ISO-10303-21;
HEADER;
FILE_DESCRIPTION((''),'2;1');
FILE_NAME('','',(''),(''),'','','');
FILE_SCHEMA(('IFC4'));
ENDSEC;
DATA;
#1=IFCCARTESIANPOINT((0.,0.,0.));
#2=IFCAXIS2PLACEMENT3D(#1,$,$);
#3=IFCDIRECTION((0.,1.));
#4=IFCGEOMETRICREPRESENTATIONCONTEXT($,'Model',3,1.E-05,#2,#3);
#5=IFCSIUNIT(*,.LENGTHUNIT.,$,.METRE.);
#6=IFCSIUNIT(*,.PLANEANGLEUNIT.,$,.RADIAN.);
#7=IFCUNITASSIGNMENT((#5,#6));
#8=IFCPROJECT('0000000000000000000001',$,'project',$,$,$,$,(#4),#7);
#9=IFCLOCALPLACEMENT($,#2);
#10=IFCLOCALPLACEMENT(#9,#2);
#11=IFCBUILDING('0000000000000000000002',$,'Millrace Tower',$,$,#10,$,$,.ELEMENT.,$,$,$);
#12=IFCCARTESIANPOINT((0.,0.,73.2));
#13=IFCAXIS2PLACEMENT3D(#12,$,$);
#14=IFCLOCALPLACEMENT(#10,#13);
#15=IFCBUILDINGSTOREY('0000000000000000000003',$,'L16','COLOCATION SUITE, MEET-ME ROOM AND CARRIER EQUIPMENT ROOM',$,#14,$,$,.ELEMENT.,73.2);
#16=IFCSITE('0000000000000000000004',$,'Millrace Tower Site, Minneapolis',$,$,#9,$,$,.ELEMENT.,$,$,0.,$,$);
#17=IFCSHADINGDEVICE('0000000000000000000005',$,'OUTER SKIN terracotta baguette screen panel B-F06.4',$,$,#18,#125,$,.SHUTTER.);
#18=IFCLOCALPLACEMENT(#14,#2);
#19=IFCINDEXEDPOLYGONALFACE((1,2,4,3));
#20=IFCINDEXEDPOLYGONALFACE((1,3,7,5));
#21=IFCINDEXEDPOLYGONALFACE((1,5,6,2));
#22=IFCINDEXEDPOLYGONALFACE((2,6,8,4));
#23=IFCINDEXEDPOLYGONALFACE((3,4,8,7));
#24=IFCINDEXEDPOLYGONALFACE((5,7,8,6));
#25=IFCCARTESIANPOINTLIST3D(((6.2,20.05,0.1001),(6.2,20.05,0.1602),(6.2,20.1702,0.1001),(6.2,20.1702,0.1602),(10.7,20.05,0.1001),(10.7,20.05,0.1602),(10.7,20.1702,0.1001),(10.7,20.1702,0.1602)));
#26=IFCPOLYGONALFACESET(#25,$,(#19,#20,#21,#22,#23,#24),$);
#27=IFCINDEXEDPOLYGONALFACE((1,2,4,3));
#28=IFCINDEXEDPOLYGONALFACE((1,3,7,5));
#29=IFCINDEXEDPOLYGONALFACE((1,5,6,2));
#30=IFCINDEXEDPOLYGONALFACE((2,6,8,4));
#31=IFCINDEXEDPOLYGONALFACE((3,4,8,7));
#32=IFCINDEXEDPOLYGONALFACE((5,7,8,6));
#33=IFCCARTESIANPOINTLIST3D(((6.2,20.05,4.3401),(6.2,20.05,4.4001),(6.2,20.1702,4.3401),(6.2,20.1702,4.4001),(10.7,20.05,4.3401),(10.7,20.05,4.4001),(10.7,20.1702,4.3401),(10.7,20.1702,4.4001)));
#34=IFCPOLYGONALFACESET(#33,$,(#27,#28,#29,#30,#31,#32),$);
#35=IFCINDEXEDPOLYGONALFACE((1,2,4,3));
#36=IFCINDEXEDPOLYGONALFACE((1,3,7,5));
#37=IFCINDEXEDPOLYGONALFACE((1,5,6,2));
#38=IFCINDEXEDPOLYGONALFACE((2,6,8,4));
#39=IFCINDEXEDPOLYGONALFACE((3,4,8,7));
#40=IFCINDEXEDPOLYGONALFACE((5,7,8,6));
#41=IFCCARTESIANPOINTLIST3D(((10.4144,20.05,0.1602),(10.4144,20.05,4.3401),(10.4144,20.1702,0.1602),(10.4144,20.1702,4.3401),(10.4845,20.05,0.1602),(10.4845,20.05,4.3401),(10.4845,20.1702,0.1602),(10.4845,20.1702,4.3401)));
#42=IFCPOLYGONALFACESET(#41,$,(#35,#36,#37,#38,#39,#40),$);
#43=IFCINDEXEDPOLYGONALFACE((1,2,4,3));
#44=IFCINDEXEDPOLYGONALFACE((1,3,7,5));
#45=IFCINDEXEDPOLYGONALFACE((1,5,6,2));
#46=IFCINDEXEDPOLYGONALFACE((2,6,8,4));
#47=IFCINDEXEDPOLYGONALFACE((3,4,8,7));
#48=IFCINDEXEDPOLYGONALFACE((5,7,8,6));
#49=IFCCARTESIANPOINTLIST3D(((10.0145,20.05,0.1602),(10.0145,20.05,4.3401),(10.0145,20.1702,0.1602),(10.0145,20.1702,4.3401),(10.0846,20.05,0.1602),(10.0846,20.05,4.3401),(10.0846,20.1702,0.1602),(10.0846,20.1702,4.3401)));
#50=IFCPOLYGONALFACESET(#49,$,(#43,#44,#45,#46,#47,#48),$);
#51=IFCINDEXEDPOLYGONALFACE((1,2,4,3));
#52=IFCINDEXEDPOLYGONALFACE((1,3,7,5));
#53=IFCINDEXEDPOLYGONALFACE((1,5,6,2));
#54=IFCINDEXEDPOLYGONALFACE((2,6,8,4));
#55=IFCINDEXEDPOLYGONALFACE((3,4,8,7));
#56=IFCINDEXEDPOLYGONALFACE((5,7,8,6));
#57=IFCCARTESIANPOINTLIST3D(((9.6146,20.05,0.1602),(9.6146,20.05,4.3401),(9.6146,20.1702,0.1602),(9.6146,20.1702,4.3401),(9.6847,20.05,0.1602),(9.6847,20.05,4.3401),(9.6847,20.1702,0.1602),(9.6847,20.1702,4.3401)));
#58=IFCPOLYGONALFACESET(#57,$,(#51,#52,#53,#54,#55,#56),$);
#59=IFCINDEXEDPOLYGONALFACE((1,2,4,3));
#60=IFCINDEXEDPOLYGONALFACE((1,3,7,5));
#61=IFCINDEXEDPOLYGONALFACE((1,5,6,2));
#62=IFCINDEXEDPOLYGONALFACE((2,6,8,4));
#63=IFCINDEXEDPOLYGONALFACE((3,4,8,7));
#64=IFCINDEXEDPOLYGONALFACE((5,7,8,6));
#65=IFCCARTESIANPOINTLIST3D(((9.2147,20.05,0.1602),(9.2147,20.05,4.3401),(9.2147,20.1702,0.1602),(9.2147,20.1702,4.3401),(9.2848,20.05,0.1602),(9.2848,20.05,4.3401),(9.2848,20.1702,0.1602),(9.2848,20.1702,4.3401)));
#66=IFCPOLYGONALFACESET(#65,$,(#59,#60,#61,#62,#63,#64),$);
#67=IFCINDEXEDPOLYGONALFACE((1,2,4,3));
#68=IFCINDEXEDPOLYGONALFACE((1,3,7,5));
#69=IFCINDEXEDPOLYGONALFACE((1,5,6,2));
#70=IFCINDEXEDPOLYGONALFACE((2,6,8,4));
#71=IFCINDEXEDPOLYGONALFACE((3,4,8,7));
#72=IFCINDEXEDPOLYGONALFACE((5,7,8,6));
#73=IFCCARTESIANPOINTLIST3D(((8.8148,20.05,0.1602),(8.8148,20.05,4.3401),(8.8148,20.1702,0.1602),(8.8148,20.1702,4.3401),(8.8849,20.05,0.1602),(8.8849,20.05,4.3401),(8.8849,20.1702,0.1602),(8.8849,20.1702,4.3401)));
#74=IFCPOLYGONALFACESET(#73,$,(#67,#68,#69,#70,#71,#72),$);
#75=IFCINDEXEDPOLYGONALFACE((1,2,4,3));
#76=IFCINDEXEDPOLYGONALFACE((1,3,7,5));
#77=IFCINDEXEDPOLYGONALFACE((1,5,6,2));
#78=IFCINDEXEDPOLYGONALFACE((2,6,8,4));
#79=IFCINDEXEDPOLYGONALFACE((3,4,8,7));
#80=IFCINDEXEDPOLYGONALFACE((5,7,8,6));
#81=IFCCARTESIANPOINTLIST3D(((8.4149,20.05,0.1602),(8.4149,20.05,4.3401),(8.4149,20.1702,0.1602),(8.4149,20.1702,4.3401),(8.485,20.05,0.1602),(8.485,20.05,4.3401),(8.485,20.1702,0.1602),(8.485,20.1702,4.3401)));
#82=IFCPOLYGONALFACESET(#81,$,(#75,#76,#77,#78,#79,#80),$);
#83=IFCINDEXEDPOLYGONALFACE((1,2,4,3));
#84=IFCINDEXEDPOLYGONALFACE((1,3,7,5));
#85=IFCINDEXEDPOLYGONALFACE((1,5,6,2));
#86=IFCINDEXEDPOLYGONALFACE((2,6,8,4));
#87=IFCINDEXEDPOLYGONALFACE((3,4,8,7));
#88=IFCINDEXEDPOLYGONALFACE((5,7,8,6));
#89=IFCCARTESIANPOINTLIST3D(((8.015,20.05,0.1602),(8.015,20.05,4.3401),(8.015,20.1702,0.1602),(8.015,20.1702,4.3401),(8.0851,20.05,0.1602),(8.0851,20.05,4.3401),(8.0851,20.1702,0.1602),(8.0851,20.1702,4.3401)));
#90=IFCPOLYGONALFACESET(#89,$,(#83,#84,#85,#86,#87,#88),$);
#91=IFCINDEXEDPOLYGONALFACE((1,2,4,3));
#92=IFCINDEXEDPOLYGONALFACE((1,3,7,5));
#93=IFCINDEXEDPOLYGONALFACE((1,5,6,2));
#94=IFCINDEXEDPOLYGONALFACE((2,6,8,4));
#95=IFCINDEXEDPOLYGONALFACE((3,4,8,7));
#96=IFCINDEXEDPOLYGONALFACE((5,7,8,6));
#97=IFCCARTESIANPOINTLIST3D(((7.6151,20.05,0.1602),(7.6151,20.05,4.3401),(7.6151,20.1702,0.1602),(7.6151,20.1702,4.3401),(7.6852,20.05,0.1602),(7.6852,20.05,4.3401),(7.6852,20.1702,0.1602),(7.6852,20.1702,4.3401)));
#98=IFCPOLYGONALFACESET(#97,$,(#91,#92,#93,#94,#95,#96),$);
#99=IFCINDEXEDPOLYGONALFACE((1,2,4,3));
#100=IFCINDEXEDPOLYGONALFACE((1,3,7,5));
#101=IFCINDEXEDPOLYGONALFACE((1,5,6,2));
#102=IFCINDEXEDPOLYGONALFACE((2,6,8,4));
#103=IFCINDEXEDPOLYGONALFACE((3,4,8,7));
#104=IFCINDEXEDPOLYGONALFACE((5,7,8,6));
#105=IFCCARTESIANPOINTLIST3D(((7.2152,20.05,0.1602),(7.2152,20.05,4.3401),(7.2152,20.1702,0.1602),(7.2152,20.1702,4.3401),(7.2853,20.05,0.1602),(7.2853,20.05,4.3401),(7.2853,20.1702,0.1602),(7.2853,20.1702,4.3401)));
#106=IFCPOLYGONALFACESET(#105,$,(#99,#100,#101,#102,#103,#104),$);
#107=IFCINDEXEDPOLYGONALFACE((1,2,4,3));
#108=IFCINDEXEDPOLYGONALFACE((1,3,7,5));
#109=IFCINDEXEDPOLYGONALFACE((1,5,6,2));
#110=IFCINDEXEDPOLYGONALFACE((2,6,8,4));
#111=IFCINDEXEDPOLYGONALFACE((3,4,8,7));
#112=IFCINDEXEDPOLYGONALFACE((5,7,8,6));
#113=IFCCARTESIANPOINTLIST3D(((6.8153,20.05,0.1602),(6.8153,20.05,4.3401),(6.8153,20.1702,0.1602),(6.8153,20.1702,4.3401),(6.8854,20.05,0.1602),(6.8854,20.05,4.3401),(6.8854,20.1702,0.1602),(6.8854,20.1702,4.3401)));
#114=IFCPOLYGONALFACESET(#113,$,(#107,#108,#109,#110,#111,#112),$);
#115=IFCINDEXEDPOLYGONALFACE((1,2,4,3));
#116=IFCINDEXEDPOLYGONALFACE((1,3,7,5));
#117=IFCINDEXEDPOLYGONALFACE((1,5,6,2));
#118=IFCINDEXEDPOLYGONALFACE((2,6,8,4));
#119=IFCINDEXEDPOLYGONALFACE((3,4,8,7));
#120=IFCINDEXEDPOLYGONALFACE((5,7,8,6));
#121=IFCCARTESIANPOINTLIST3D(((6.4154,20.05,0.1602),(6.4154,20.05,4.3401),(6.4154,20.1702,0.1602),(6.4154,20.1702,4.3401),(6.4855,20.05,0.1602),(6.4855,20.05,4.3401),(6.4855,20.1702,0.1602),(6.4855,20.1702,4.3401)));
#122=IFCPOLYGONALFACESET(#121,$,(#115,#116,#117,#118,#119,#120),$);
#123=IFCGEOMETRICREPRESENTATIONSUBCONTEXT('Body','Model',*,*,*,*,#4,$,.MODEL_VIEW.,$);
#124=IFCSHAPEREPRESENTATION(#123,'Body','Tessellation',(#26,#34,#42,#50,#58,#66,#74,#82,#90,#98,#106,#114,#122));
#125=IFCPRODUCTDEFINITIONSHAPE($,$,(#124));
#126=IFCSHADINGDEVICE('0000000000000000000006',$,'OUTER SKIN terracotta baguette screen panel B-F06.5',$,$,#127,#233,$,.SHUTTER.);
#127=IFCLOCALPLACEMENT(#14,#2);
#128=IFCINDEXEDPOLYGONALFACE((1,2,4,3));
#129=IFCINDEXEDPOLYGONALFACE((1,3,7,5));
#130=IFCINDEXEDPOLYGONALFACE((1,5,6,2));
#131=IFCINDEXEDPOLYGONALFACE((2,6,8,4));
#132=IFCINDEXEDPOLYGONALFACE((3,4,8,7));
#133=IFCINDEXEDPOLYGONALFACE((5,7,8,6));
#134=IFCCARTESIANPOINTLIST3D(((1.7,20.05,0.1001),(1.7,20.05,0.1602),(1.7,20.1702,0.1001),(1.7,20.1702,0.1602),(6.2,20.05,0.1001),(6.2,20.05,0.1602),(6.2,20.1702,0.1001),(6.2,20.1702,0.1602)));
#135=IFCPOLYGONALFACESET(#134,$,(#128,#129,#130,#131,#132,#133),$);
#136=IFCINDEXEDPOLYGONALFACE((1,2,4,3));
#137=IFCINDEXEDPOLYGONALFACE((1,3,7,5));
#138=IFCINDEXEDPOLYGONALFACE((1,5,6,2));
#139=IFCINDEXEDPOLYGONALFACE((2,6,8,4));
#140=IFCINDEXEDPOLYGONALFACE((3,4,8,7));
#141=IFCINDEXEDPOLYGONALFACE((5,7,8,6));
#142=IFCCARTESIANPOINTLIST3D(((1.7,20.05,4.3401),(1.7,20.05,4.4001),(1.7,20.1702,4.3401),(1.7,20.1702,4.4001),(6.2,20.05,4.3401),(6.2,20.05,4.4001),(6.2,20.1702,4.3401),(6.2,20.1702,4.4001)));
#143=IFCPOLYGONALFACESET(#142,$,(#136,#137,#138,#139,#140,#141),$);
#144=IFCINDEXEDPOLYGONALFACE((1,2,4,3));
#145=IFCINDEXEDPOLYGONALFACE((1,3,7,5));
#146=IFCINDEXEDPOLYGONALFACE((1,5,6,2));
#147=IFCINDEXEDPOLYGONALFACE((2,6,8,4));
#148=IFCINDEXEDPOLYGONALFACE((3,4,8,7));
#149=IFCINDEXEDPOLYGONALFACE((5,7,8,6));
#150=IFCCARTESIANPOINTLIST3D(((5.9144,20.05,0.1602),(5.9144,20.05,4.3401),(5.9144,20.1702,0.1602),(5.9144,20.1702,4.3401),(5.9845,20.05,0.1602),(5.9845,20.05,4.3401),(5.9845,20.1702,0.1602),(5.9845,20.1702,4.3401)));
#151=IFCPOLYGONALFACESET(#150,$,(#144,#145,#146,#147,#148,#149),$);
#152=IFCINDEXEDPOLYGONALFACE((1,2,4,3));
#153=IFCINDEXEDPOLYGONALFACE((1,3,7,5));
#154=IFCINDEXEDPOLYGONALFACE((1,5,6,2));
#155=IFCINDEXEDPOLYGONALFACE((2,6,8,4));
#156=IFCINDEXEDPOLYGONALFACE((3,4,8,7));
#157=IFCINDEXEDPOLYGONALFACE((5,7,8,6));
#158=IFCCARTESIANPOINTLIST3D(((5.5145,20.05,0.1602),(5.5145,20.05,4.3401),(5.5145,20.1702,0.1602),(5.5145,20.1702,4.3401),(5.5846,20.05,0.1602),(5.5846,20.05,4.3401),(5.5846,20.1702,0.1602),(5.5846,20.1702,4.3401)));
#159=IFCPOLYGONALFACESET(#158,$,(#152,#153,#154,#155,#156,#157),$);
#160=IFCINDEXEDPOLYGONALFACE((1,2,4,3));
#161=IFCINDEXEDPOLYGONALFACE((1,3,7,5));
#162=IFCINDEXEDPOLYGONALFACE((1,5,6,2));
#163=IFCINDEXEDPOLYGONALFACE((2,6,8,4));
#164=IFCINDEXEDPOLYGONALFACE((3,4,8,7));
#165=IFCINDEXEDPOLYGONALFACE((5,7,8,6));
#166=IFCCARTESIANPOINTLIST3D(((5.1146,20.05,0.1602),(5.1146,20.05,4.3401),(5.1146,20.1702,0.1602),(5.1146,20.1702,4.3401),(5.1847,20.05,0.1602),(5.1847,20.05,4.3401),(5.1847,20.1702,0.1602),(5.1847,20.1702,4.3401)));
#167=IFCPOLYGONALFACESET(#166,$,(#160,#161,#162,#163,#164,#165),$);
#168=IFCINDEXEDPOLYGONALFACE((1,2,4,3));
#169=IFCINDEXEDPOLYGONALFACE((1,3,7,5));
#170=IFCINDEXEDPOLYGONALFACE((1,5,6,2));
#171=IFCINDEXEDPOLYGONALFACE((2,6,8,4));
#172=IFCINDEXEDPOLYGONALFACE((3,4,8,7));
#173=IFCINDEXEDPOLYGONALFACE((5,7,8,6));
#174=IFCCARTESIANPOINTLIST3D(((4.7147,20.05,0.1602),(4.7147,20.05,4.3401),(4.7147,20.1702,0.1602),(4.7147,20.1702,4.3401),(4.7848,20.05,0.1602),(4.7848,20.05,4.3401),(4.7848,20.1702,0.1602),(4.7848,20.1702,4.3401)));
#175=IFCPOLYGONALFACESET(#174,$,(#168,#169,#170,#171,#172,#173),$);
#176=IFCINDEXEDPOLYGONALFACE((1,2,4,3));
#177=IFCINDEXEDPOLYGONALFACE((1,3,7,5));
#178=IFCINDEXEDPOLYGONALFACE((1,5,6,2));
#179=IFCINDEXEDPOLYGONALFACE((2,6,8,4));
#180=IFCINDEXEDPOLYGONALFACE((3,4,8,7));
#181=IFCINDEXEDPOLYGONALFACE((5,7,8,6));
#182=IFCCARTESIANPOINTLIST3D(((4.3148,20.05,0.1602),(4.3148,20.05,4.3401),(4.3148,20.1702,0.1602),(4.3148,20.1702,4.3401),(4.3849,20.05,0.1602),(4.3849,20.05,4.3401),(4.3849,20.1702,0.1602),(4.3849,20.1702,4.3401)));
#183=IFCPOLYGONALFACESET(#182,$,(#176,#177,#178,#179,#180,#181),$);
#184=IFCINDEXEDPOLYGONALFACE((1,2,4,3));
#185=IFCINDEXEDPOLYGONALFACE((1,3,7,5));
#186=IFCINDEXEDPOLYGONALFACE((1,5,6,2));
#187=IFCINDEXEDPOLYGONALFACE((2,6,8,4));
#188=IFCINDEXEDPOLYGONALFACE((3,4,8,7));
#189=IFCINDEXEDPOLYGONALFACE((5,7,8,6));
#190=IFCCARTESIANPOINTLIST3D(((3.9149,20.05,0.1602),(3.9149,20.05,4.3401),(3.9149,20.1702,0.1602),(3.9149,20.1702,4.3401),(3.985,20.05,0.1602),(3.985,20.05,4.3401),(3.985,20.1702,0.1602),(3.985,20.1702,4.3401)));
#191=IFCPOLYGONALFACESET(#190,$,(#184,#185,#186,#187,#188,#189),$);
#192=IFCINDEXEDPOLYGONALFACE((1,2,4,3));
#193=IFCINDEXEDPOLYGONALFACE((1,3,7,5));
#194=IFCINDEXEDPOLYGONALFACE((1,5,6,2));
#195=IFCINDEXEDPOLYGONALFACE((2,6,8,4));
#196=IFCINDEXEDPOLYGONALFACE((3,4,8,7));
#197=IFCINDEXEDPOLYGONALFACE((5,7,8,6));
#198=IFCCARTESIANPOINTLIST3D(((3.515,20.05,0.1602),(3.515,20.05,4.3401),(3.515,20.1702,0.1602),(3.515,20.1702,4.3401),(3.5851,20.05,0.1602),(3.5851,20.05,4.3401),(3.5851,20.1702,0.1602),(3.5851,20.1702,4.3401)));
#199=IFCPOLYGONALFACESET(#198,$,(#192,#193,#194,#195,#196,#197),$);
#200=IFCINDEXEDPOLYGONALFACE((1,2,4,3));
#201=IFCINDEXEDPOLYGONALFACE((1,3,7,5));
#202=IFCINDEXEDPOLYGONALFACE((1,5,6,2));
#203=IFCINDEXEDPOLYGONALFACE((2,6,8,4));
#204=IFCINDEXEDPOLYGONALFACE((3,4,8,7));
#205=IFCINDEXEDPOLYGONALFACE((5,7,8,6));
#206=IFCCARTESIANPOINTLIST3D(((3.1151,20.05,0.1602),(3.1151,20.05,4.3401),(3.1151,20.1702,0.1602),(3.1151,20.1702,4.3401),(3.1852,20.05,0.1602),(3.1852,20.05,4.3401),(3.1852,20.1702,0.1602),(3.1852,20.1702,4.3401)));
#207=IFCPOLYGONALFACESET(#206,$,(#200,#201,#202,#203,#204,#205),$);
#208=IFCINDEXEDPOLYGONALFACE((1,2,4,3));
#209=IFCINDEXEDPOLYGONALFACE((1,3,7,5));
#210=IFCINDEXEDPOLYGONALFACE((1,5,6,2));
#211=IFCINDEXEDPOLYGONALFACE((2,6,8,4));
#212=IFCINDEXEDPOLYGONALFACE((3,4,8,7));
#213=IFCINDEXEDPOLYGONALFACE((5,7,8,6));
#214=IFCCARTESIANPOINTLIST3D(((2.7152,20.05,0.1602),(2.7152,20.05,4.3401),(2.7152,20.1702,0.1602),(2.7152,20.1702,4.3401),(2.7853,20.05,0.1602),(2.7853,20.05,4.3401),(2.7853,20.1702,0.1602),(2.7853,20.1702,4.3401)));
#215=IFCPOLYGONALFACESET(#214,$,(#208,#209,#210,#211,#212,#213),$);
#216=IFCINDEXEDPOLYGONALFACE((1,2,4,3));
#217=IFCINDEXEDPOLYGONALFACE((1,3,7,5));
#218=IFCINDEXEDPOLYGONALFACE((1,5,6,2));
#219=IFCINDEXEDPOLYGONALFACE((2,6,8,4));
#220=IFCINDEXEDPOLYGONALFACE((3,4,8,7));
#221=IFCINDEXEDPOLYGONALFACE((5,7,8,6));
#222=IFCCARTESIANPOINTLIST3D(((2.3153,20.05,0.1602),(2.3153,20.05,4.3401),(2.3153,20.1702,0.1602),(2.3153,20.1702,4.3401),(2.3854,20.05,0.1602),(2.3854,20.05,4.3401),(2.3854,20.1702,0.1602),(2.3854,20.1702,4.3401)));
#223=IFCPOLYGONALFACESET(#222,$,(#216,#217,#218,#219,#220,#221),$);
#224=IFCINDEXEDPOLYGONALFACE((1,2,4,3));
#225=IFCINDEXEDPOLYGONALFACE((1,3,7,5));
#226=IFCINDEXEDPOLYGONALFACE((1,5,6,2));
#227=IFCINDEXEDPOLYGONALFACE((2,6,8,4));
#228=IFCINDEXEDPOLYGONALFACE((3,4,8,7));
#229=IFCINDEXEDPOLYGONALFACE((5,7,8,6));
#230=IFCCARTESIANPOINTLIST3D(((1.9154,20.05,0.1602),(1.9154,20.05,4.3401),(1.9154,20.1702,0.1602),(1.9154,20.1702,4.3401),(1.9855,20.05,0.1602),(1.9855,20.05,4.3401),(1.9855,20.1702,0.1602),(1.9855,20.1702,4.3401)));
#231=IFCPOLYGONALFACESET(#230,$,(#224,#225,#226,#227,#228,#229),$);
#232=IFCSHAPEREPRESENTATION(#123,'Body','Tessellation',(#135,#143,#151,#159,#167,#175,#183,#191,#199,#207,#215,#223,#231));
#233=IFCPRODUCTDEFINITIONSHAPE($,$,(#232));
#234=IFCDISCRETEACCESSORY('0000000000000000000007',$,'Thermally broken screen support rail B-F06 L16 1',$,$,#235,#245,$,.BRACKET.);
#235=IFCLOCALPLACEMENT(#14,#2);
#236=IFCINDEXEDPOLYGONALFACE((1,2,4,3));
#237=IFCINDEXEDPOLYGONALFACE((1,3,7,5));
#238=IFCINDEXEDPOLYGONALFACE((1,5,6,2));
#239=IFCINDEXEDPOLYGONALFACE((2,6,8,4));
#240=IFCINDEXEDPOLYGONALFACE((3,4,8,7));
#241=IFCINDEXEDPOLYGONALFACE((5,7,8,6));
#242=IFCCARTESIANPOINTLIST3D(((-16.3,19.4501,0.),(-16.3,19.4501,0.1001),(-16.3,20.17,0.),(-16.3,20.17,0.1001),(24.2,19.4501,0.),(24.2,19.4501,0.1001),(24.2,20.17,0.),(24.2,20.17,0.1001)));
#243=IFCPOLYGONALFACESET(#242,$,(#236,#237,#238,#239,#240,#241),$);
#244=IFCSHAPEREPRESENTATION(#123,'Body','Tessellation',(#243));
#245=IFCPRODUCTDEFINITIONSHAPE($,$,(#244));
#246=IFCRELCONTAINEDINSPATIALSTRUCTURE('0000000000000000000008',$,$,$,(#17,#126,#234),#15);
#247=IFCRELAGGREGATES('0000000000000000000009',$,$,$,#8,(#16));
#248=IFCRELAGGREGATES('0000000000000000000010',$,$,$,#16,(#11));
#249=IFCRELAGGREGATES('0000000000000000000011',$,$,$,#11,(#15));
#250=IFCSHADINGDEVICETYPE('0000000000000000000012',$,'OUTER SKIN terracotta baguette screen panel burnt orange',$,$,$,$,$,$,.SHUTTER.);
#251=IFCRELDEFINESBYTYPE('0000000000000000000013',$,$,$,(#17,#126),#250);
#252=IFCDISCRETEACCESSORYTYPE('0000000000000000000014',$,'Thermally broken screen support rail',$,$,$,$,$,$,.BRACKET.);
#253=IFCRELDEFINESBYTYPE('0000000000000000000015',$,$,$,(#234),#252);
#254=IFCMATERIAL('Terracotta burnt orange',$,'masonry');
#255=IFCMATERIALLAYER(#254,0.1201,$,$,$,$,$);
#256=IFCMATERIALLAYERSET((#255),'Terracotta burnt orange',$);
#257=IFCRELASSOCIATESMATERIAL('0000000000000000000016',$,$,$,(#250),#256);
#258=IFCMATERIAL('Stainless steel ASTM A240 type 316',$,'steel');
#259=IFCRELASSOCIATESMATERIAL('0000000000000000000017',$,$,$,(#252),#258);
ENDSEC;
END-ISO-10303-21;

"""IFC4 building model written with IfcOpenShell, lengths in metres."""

from ifc_helpers import new_model, entity, si_unit, direction, frame, frame_2d, origin, origin_2d, place, context, subcontext, project, spatial, rectangle, extrude, source, transform, mapped, material, layer, layer_set, type_object, element, save


model = new_model("IFC4")

# Units and contexts
model_context = context("Model", 3, precision=1e-05, world=origin(), true_north=direction((0.0, 1.0)))
body_context = subcontext(model_context, "Body", "Model", "MODEL_VIEW")
ifc_project = project(units=[si_unit("LENGTHUNIT", "METRE"), si_unit("PLANEANGLEUNIT", "RADIAN")], contexts=[model_context])

# Site, building, storey
site_placement = place(None, origin())
site = spatial("IfcSite", under=ifc_project, at=site_placement, Name="Millrace Tower Site, Minneapolis", CompositionType="ELEMENT", RefElevation=0.0)
building_placement = place(site_placement, origin())
building = spatial("IfcBuilding", under=site, at=building_placement, Name="Millrace Tower", CompositionType="ELEMENT")
storey_placement = place(building_placement, frame((0.0, 0.0, 73.2)))
storey = spatial("IfcBuildingStorey", under=building, at=storey_placement, Name="L16", Description="COLOCATION SUITE, MEET-ME ROOM AND CARRIER EQUIPMENT ROOM", CompositionType="ELEMENT", Elevation=73.2)

# Shading devices
ifc_material_1 = material(Name="Terracotta burnt orange", Category="masonry")
ifc_layer_1 = layer(ifc_material_1, 0.1201)
ifc_layer_set_1 = layer_set([ifc_layer_1], Name="Terracotta burnt orange")
shading_device_type = type_object("IfcShadingDeviceType", Name="OUTER SKIN terracotta baguette screen panel burnt orange", PredefinedType="SHUTTER", material=ifc_layer_set_1)
cartesian_point = entity("IfcCartesianPoint", [-2.25, 0.0601])
shared_polyline = entity("IfcPolyline", [cartesian_point, entity("IfcCartesianPoint", [2.25, 0.0601]), entity("IfcCartesianPoint", [2.25, -0.0601]), entity("IfcCartesianPoint", [-2.25, -0.0601]), cartesian_point])
shared_shape = source(origin(), body_context, "Body", "SweptSolid", [
    entity("IfcExtrudedAreaSolid", entity("IfcArbitraryClosedProfileDef", "AREA", None, shared_polyline), entity("IfcAxis2Placement3D", entity("IfcCartesianPoint", [0.0, 0.0, 0.0])), entity("IfcDirection", [0.0, 0.0, 1.0]), 0.0601),
    entity("IfcExtrudedAreaSolid", entity("IfcArbitraryClosedProfileDef", "AREA", None, shared_polyline), entity("IfcAxis2Placement3D", entity("IfcCartesianPoint", [0.0, 0.0, 4.24])), entity("IfcDirection", [0.0, 0.0, 1.0]), 0.0601),
    extrude(rectangle(XDim=0.0701, YDim=0.1201, at=frame_2d((-1.9995, 0.0))), frame((0.0, 0.0, 0.0601)), (0.0, 0.0, 1.0), 4.1799),
    extrude(rectangle(XDim=0.0701, YDim=0.1201, at=frame_2d((-1.5996, 0.0))), frame((0.0, 0.0, 0.0601)), (0.0, 0.0, 1.0), 4.1799),
    extrude(rectangle(XDim=0.0701, YDim=0.1201, at=frame_2d((-1.1997, 0.0))), frame((0.0, 0.0, 0.0601)), (0.0, 0.0, 1.0), 4.1799),
    extrude(rectangle(XDim=0.0701, YDim=0.1201, at=frame_2d((-0.7998, 0.0))), frame((0.0, 0.0, 0.0601)), (0.0, 0.0, 1.0), 4.1799),
    extrude(rectangle(XDim=0.0701, YDim=0.1201, at=frame_2d((-0.3999, 0.0))), frame((0.0, 0.0, 0.0601)), (0.0, 0.0, 1.0), 4.1799),
    extrude(rectangle(XDim=0.0701, YDim=0.1201, at=origin_2d()), frame((0.0, 0.0, 0.0601)), (0.0, 0.0, 1.0), 4.1799),
    extrude(rectangle(XDim=0.0701, YDim=0.1201, at=frame_2d((0.3999, 0.0))), frame((0.0, 0.0, 0.0601)), (0.0, 0.0, 1.0), 4.1799),
    extrude(rectangle(XDim=0.0701, YDim=0.1201, at=frame_2d((0.7998, 0.0))), frame((0.0, 0.0, 0.0601)), (0.0, 0.0, 1.0), 4.1799),
    extrude(rectangle(XDim=0.0701, YDim=0.1201, at=frame_2d((1.1997, 0.0))), frame((0.0, 0.0, 0.0601)), (0.0, 0.0, 1.0), 4.1799),
    extrude(rectangle(XDim=0.0701, YDim=0.1201, at=frame_2d((1.5996, 0.0))), frame((0.0, 0.0, 0.0601)), (0.0, 0.0, 1.0), 4.1799),
    extrude(rectangle(XDim=0.0701, YDim=0.1201, at=frame_2d((1.9995, 0.0))), frame((0.0, 0.0, 0.0601)), (0.0, 0.0, 1.0), 4.1799),
])
for number, where, z_axis, x_axis, name in (
    (1, (8.45, 20.1101, 0.1001), (0.0, 0.0, 1.0), (-1.0, 0.0, 0.0), "OUTER SKIN terracotta baguette screen panel B-F06.4"),
    (2, (3.95, 20.1101, 0.1001), (0.0, 0.0, 1.0), (-1.0, 0.0, 0.0), "OUTER SKIN terracotta baguette screen panel B-F06.5"),
):
    element("IfcShadingDevice", number, at=place(storey_placement, frame(where, z_axis=z_axis, x_axis=x_axis)), inside=storey, type_object=shading_device_type, Name=name, PredefinedType="SHUTTER", context=body_context, shape_type="MappedRepresentation", body=[
        mapped(shared_shape, transform((0.0, 0.0, 0.0), scale=1.0)),
    ])

# Discrete accessory
ifc_material_2 = material(Name="Stainless steel ASTM A240 type 316", Category="steel")
discrete_accessory_type = type_object("IfcDiscreteAccessoryType", Name="Thermally broken screen support rail", PredefinedType="BRACKET", material=ifc_material_2)
discrete_accessory_placement = place(storey_placement, frame((3.95, 19.8101, 0.0), z_axis=(0.0, 0.0, 1.0), x_axis=(-1.0, 0.0, 0.0)))
element("IfcDiscreteAccessory", 3, at=discrete_accessory_placement, inside=storey, type_object=discrete_accessory_type, Name="Thermally broken screen support rail B-F06 L16 1", PredefinedType="BRACKET", context=body_context, shape_type="SweptSolid", body=[
    extrude(rectangle(XDim=40.5, YDim=0.72, at=origin_2d()), origin(), (0.0, 0.0, 1.0), 0.1001),
])

save(model, "model.ifc")
